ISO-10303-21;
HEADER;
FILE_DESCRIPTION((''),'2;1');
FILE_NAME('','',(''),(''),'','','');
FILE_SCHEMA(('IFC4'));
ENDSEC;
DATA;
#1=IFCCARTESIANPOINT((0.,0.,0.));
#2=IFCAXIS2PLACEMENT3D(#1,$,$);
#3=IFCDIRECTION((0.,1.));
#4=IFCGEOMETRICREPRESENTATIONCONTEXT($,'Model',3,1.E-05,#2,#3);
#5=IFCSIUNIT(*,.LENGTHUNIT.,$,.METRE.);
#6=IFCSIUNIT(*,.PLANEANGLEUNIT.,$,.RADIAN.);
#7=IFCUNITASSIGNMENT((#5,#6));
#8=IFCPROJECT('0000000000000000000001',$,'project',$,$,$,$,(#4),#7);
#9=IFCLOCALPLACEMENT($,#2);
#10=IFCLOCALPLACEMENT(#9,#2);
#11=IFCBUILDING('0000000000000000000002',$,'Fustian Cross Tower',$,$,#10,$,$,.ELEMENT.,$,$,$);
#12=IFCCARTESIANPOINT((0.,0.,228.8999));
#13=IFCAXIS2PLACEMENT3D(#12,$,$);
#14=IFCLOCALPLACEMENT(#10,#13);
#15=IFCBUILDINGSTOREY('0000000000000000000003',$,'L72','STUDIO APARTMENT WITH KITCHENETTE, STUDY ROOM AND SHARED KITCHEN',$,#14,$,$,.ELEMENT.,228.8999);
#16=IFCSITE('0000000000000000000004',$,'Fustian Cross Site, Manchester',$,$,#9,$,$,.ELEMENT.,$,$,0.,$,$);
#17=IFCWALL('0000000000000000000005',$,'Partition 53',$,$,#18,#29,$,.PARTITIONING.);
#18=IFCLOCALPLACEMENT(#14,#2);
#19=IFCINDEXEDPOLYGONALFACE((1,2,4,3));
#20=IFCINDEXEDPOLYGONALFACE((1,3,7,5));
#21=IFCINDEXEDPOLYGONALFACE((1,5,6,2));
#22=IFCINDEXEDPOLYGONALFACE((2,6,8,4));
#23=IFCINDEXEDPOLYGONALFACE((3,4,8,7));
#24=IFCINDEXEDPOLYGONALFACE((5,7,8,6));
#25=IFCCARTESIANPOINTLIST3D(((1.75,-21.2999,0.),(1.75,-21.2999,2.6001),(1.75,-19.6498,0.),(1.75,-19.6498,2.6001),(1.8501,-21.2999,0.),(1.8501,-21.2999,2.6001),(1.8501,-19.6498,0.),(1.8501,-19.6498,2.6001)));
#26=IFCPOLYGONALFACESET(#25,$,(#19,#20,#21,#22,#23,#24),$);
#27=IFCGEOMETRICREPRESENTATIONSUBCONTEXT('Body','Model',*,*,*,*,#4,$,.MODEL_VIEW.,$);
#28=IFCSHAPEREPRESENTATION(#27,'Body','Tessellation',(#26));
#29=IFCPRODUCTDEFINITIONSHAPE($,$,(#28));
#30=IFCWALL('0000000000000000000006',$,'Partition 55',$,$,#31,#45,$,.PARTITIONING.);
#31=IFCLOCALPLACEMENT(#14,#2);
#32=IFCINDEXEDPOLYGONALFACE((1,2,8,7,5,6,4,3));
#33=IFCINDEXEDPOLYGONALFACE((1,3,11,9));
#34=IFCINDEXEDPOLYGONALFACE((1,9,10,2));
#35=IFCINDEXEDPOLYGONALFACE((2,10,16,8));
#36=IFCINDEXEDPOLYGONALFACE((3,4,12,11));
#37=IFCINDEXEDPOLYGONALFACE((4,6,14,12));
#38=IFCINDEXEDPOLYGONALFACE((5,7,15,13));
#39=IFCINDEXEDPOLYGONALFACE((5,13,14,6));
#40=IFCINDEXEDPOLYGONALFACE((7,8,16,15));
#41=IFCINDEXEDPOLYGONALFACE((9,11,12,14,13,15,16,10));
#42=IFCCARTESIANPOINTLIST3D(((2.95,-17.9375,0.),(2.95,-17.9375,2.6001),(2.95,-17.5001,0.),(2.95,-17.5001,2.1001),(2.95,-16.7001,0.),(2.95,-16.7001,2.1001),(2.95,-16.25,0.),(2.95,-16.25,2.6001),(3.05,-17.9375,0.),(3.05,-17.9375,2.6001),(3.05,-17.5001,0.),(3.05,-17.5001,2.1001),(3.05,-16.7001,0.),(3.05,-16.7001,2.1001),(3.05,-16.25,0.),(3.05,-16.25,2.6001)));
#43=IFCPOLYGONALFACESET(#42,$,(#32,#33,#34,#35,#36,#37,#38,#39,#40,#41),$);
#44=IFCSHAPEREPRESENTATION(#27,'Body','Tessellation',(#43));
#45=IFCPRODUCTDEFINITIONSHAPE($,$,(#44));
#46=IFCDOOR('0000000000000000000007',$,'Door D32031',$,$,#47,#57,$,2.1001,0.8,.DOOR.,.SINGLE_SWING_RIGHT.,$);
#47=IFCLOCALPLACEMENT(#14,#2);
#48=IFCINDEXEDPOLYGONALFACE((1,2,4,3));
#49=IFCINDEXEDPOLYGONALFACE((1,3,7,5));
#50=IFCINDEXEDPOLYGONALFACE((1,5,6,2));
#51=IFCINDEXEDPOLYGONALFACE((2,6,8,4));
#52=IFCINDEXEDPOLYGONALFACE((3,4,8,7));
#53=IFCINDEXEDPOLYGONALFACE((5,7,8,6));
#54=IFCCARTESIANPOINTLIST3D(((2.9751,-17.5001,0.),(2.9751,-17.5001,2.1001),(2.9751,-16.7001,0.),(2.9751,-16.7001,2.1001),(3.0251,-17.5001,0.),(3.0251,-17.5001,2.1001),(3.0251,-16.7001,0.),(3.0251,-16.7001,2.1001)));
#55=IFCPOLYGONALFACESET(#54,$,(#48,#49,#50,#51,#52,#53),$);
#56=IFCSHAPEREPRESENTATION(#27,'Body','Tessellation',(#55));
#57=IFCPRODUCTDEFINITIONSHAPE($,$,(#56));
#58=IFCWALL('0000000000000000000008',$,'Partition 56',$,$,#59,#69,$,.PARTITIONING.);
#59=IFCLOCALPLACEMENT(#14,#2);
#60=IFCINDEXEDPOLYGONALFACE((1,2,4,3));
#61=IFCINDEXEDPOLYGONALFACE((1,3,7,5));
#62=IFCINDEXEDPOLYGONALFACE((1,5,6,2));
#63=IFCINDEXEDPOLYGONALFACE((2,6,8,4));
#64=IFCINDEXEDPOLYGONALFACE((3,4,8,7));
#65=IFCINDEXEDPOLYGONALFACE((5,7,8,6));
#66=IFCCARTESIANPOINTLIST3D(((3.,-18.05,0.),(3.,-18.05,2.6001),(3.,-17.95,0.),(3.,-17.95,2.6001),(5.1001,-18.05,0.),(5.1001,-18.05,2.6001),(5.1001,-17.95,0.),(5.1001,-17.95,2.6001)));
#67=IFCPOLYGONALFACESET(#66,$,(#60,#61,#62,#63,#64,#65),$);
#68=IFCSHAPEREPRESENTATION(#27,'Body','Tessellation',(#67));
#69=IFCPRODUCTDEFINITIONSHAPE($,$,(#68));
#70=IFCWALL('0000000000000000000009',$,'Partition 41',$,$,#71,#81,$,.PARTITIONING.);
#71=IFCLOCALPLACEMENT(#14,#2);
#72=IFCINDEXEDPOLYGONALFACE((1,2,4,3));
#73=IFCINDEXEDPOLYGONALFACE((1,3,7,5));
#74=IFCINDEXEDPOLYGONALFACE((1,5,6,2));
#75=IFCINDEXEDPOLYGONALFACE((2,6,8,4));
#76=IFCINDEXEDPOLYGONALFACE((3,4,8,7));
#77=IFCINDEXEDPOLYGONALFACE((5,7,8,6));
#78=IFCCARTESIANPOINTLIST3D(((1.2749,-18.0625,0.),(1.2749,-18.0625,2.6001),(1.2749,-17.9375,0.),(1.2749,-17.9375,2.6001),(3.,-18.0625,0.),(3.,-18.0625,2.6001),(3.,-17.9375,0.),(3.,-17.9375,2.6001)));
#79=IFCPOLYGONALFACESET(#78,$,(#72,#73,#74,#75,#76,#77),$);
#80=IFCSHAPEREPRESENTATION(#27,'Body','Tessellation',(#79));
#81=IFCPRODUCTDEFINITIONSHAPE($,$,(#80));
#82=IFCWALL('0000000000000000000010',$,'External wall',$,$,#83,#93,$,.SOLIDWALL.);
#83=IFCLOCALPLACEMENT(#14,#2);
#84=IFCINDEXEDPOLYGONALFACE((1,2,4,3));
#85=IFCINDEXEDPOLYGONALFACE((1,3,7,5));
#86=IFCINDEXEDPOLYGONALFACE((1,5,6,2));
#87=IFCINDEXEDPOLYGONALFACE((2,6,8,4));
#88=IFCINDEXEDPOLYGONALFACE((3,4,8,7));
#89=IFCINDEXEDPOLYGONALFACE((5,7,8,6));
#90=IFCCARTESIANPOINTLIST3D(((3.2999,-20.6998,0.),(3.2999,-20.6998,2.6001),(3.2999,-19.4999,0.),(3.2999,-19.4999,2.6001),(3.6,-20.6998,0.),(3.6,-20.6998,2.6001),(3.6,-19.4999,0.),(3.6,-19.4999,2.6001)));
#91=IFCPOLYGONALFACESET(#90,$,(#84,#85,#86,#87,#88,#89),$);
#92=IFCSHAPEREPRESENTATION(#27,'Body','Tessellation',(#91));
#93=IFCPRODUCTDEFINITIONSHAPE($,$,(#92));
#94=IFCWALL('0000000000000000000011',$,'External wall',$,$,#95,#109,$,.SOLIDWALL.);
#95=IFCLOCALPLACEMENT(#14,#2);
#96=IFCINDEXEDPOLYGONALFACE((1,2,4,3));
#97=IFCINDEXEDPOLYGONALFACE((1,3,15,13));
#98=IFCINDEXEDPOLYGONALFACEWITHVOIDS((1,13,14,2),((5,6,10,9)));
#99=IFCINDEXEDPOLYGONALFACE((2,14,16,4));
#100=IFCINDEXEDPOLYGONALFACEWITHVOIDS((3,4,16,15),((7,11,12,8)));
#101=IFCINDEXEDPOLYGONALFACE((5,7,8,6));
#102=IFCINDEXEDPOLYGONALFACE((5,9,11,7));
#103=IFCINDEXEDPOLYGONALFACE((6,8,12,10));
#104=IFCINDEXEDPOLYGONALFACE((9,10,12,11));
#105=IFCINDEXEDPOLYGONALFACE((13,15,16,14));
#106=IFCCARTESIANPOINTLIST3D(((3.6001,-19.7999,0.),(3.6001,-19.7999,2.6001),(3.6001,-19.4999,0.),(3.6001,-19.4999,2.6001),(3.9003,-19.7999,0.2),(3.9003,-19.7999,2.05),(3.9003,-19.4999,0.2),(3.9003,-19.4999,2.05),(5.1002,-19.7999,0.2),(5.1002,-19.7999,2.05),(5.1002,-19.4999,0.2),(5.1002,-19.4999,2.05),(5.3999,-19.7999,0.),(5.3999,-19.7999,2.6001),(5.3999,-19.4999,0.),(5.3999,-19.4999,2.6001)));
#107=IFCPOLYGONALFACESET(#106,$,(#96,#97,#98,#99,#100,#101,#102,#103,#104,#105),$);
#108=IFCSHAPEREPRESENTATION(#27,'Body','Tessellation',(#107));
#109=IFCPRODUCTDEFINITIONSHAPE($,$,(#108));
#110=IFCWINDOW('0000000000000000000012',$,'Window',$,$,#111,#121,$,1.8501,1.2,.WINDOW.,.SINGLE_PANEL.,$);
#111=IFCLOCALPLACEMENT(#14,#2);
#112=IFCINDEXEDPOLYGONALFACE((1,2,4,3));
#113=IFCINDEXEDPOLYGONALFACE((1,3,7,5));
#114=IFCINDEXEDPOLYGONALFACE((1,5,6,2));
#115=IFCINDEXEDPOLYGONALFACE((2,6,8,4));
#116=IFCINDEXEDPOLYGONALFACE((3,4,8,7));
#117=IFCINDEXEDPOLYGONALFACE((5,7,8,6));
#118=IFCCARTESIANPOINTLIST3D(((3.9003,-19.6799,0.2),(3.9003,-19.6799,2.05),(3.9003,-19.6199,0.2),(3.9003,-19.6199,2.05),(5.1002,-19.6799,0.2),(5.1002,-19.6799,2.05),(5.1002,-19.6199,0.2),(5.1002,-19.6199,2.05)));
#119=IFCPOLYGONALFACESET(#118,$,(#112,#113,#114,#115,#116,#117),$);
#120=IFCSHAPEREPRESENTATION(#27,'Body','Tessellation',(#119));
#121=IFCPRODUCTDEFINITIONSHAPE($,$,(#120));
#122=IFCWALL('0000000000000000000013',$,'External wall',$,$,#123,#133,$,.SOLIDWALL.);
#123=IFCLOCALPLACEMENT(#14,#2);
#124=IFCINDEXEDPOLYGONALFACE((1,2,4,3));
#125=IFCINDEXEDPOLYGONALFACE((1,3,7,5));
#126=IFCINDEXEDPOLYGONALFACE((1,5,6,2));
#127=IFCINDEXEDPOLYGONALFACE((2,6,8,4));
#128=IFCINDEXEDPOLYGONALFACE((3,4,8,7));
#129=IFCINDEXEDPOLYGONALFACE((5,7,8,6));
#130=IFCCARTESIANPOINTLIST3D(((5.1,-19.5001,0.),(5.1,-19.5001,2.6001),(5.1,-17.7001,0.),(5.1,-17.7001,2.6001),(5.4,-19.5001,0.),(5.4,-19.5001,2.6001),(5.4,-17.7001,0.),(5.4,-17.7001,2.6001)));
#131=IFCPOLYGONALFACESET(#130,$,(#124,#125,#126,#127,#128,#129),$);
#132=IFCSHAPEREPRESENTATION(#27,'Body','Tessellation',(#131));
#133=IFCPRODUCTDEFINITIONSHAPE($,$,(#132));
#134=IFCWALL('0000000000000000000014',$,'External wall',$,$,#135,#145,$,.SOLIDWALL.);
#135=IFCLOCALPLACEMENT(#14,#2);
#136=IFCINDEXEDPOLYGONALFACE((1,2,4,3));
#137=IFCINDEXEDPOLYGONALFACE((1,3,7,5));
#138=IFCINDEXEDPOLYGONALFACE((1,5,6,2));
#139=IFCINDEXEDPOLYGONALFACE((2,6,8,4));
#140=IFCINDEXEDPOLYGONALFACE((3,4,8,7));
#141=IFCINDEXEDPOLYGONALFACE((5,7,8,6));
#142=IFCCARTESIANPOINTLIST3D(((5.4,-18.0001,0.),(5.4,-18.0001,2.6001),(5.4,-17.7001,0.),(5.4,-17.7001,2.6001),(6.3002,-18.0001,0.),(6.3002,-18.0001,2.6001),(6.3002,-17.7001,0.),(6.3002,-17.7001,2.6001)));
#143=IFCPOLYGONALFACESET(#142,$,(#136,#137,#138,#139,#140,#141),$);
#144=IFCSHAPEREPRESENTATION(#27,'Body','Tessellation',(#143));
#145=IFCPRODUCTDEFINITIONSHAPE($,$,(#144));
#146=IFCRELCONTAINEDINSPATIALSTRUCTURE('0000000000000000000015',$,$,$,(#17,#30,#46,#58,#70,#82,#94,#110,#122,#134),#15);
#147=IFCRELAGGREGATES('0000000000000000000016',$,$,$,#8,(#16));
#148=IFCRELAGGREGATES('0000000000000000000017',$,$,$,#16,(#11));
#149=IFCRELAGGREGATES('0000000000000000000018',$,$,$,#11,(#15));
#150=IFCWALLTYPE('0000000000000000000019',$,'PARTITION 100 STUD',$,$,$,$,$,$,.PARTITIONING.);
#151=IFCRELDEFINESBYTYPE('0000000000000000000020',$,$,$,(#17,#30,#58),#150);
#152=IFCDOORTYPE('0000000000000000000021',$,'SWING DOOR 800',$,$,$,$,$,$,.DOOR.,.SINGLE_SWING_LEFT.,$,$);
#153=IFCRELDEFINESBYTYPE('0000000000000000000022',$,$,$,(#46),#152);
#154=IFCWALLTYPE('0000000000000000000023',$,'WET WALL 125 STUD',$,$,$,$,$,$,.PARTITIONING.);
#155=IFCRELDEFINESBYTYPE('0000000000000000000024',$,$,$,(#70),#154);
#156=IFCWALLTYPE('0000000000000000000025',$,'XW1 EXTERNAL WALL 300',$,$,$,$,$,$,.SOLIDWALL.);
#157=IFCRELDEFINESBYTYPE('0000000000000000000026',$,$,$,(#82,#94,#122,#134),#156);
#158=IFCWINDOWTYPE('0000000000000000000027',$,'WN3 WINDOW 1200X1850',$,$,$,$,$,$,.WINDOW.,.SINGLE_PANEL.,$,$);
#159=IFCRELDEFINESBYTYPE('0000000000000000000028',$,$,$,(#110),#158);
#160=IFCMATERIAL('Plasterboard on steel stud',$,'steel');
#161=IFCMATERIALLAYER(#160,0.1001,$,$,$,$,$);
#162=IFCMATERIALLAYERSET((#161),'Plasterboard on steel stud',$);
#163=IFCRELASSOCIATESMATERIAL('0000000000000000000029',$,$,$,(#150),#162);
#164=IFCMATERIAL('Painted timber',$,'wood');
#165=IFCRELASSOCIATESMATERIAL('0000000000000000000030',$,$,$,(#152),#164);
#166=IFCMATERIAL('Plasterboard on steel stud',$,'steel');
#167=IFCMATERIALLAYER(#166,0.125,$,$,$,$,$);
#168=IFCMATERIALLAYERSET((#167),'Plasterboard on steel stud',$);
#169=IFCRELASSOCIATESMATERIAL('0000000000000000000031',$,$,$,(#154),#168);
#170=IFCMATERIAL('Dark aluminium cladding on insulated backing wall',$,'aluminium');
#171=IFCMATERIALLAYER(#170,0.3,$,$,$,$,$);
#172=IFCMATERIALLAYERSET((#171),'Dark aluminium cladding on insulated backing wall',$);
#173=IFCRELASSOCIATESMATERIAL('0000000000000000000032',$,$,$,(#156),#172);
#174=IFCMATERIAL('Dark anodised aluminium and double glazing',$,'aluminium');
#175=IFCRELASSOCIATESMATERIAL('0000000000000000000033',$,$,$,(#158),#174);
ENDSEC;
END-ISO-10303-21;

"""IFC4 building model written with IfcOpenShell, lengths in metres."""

from ifc_helpers import new_model, si_unit, direction, frame, frame_2d, origin, place, context, subcontext, project, spatial, rectangle, extrude, material, layer, layer_set, type_object, element, fill, save


model = new_model("IFC4")

# Units and contexts
model_context = context("Model", 3, precision=1e-05, world=origin(), true_north=direction((0.0, 1.0)))
body_context = subcontext(model_context, "Body", "Model", "MODEL_VIEW")
ifc_project = project(units=[si_unit("LENGTHUNIT", "METRE"), si_unit("PLANEANGLEUNIT", "RADIAN")], contexts=[model_context])

# Site, building, storey
site_placement = place(None, origin())
site = spatial("IfcSite", under=ifc_project, at=site_placement, Name="Fustian Cross Site, Manchester", CompositionType="ELEMENT", RefElevation=0.0)
building_placement = place(site_placement, origin())
building = spatial("IfcBuilding", under=site, at=building_placement, Name="Fustian Cross Tower", CompositionType="ELEMENT")
storey_placement = place(building_placement, frame((0.0, 0.0, 228.8999)))
storey = spatial("IfcBuildingStorey", under=building, at=storey_placement, Name="L72", Description="STUDIO APARTMENT WITH KITCHENETTE, STUDY ROOM AND SHARED KITCHEN", CompositionType="ELEMENT", Elevation=228.8999)

# Wall
ifc_material_1 = material(Name="Plasterboard on steel stud", Category="steel")
ifc_layer_1 = layer(ifc_material_1, 0.1001)
ifc_layer_set_1 = layer_set([ifc_layer_1], Name="Plasterboard on steel stud")
wall_type_1 = type_object("IfcWallType", Name="PARTITION 100 STUD", PredefinedType="PARTITIONING", material=ifc_layer_set_1)
wall_1_placement = place(storey_placement, frame((1.8, -21.3, 0.0), z_axis=(0.0, 0.0, 1.0), x_axis=(0.0, 1.0, 0.0)))
element("IfcWall", 1, at=wall_1_placement, inside=storey, type_object=wall_type_1, Name="Partition 53", PredefinedType="PARTITIONING", context=body_context, shape_type="SweptSolid", body=[
    extrude(rectangle(XDim=1.6501, YDim=0.1001, at=frame_2d((0.8252, 0.0))), origin(), (0.0, 0.0, 1.0), 2.6001),
])

# Wall, opening, door
wall_2_placement = place(storey_placement, frame((3.0, -17.9375, 0.0), z_axis=(0.0, 0.0, 1.0), x_axis=(0.0, 1.0, 0.0)))
wall_2 = element("IfcWall", 2, at=wall_2_placement, inside=storey, type_object=wall_type_1, Name="Partition 55", PredefinedType="PARTITIONING", context=body_context, shape_type="SweptSolid", body=[
    extrude(rectangle(XDim=1.6875, YDim=0.1001, at=frame_2d((0.8438, 0.0))), origin(), (0.0, 0.0, 1.0), 2.6001),
])
opening_1_placement = place(wall_2_placement, frame((0.4375, 0.0, 0.0)))
opening_1 = element("IfcOpeningElement", 3, at=opening_1_placement, cuts=wall_2, PredefinedType="OPENING", context=body_context, shape_type="SweptSolid", body=[
    extrude(rectangle(XDim=0.8, YDim=2.1001, at=frame_2d((0.3999, 1.05))), frame((0.0, 0.0601, 0.0), z_axis=(0.0, -1.0, 0.0), x_axis=(1.0, 0.0, 0.0)), (0.0, 0.0, 1.0), 0.1201),
])
ifc_material_2 = material(Name="Painted timber", Category="wood")
door_type_1 = type_object("IfcDoorType", Name="SWING DOOR 800", OperationType="SINGLE_SWING_LEFT", PredefinedType="DOOR", material=ifc_material_2)
door_1_placement = place(opening_1_placement, origin())
door_1 = element("IfcDoor", 4, at=door_1_placement, inside=storey, type_object=door_type_1, Name="Door D32031", OperationType="SINGLE_SWING_RIGHT", OverallHeight=2.1001, OverallWidth=0.8, PredefinedType="DOOR", context=body_context, shape_type="SweptSolid", body=[
    extrude(rectangle(XDim=0.8, YDim=2.1001, at=frame_2d((0.3999, 1.05))), frame((0.0, 0.0249, 0.0), z_axis=(0.0, -1.0, 0.0), x_axis=(1.0, 0.0, 0.0)), (0.0, 0.0, 1.0), 0.05),
])
fill(opening_1, door_1)

# Walls
wall_3_placement = place(storey_placement, frame((3.0, -18.0, 0.0), z_axis=(0.0, 0.0, 1.0), x_axis=(1.0, 0.0, 0.0)))
element("IfcWall", 5, at=wall_3_placement, inside=storey, type_object=wall_type_1, Name="Partition 56", PredefinedType="PARTITIONING", context=body_context, shape_type="SweptSolid", body=[
    extrude(rectangle(XDim=2.1001, YDim=0.1001, at=frame_2d((1.05, 0.0))), origin(), (0.0, 0.0, 1.0), 2.6001),
])
ifc_material_3 = material(Name="Plasterboard on steel stud", Category="steel")
ifc_layer_2 = layer(ifc_material_3, 0.125)
ifc_layer_set_2 = layer_set([ifc_layer_2], Name="Plasterboard on steel stud")
wall_type_2 = type_object("IfcWallType", Name="WET WALL 125 STUD", PredefinedType="PARTITIONING", material=ifc_layer_set_2)
wall_4_placement = place(storey_placement, frame((1.2749, -18.0, 0.0), z_axis=(0.0, 0.0, 1.0), x_axis=(1.0, 0.0, 0.0)))
element("IfcWall", 6, at=wall_4_placement, inside=storey, type_object=wall_type_2, Name="Partition 41", PredefinedType="PARTITIONING", context=body_context, shape_type="SweptSolid", body=[
    extrude(rectangle(XDim=1.7251, YDim=0.125, at=frame_2d((0.8625, 0.0))), origin(), (0.0, 0.0, 1.0), 2.6001),
])
ifc_material_4 = material(Name="Dark aluminium cladding on insulated backing wall", Category="aluminium")
ifc_layer_3 = layer(ifc_material_4, 0.3)
ifc_layer_set_3 = layer_set([ifc_layer_3], Name="Dark aluminium cladding on insulated backing wall")
wall_type_3 = type_object("IfcWallType", Name="XW1 EXTERNAL WALL 300", PredefinedType="SOLIDWALL", material=ifc_layer_set_3)
wall_5_placement = place(storey_placement, frame((3.45, -20.7, 0.0), z_axis=(0.0, 0.0, 1.0), x_axis=(0.0, 1.0, 0.0)))
element("IfcWall", 7, at=wall_5_placement, inside=storey, type_object=wall_type_3, Name="External wall", PredefinedType="SOLIDWALL", context=body_context, shape_type="SweptSolid", body=[
    extrude(rectangle(XDim=1.2, YDim=0.3, at=frame_2d((0.6001, 0.0))), origin(), (0.0, 0.0, 1.0), 2.6001),
])

# Wall, opening, window
wall_6_placement = place(storey_placement, frame((3.6001, -19.6499, 0.0), z_axis=(0.0, 0.0, 1.0), x_axis=(1.0, 0.0, 0.0)))
wall_6 = element("IfcWall", 8, at=wall_6_placement, inside=storey, type_object=wall_type_3, Name="External wall", PredefinedType="SOLIDWALL", context=body_context, shape_type="SweptSolid", body=[
    extrude(rectangle(XDim=1.7998, YDim=0.3, at=frame_2d((0.8999, 0.0))), origin(), (0.0, 0.0, 1.0), 2.6001),
])
opening_2_placement = place(wall_6_placement, frame((0.3, 0.0, 0.2)))
opening_2 = element("IfcOpeningElement", 9, at=opening_2_placement, cuts=wall_6, PredefinedType="OPENING", context=body_context, shape_type="SweptSolid", body=[
    extrude(rectangle(XDim=1.2, YDim=1.8501, at=frame_2d((0.6001, 0.925))), frame((0.0, 0.1599, 0.0), z_axis=(0.0, -1.0, 0.0), x_axis=(1.0, 0.0, 0.0)), (0.0, 0.0, 1.0), 0.3201),
])
ifc_material_5 = material(Name="Dark anodised aluminium and double glazing", Category="aluminium")
window_type = type_object("IfcWindowType", Name="WN3 WINDOW 1200X1850", PartitioningType="SINGLE_PANEL", PredefinedType="WINDOW", material=ifc_material_5)
window_placement = place(opening_2_placement, origin())
window = element("IfcWindow", 10, at=window_placement, inside=storey, type_object=window_type, Name="Window", OverallHeight=1.8501, OverallWidth=1.2, PartitioningType="SINGLE_PANEL", PredefinedType="WINDOW", context=body_context, shape_type="SweptSolid", body=[
    extrude(rectangle(XDim=1.2, YDim=1.8501, at=frame_2d((0.6001, 0.925))), frame((0.0, 0.03, 0.0), z_axis=(0.0, -1.0, 0.0), x_axis=(1.0, 0.0, 0.0)), (0.0, 0.0, 1.0), 0.0601),
])
fill(opening_2, window)

# Walls
wall_7_placement = place(storey_placement, frame((5.25, -19.5, 0.0), z_axis=(0.0, 0.0, 1.0), x_axis=(0.0, 1.0, 0.0)))
element("IfcWall", 11, at=wall_7_placement, inside=storey, type_object=wall_type_3, Name="External wall", PredefinedType="SOLIDWALL", context=body_context, shape_type="SweptSolid", body=[
    extrude(rectangle(XDim=1.8, YDim=0.3, at=frame_2d((0.8999, 0.0))), origin(), (0.0, 0.0, 1.0), 2.6001),
])
wall_8_placement = place(storey_placement, frame((5.3999, -17.8501, 0.0), z_axis=(0.0, 0.0, 1.0), x_axis=(1.0, 0.0, 0.0)))
element("IfcWall", 12, at=wall_8_placement, inside=storey, type_object=wall_type_3, Name="External wall", PredefinedType="SOLIDWALL", context=body_context, shape_type="SweptSolid", body=[
    extrude(rectangle(XDim=0.9001, YDim=0.3, at=frame_2d((0.4502, 0.0))), origin(), (0.0, 0.0, 1.0), 2.6001),
])

save(model, "model.ifc")
